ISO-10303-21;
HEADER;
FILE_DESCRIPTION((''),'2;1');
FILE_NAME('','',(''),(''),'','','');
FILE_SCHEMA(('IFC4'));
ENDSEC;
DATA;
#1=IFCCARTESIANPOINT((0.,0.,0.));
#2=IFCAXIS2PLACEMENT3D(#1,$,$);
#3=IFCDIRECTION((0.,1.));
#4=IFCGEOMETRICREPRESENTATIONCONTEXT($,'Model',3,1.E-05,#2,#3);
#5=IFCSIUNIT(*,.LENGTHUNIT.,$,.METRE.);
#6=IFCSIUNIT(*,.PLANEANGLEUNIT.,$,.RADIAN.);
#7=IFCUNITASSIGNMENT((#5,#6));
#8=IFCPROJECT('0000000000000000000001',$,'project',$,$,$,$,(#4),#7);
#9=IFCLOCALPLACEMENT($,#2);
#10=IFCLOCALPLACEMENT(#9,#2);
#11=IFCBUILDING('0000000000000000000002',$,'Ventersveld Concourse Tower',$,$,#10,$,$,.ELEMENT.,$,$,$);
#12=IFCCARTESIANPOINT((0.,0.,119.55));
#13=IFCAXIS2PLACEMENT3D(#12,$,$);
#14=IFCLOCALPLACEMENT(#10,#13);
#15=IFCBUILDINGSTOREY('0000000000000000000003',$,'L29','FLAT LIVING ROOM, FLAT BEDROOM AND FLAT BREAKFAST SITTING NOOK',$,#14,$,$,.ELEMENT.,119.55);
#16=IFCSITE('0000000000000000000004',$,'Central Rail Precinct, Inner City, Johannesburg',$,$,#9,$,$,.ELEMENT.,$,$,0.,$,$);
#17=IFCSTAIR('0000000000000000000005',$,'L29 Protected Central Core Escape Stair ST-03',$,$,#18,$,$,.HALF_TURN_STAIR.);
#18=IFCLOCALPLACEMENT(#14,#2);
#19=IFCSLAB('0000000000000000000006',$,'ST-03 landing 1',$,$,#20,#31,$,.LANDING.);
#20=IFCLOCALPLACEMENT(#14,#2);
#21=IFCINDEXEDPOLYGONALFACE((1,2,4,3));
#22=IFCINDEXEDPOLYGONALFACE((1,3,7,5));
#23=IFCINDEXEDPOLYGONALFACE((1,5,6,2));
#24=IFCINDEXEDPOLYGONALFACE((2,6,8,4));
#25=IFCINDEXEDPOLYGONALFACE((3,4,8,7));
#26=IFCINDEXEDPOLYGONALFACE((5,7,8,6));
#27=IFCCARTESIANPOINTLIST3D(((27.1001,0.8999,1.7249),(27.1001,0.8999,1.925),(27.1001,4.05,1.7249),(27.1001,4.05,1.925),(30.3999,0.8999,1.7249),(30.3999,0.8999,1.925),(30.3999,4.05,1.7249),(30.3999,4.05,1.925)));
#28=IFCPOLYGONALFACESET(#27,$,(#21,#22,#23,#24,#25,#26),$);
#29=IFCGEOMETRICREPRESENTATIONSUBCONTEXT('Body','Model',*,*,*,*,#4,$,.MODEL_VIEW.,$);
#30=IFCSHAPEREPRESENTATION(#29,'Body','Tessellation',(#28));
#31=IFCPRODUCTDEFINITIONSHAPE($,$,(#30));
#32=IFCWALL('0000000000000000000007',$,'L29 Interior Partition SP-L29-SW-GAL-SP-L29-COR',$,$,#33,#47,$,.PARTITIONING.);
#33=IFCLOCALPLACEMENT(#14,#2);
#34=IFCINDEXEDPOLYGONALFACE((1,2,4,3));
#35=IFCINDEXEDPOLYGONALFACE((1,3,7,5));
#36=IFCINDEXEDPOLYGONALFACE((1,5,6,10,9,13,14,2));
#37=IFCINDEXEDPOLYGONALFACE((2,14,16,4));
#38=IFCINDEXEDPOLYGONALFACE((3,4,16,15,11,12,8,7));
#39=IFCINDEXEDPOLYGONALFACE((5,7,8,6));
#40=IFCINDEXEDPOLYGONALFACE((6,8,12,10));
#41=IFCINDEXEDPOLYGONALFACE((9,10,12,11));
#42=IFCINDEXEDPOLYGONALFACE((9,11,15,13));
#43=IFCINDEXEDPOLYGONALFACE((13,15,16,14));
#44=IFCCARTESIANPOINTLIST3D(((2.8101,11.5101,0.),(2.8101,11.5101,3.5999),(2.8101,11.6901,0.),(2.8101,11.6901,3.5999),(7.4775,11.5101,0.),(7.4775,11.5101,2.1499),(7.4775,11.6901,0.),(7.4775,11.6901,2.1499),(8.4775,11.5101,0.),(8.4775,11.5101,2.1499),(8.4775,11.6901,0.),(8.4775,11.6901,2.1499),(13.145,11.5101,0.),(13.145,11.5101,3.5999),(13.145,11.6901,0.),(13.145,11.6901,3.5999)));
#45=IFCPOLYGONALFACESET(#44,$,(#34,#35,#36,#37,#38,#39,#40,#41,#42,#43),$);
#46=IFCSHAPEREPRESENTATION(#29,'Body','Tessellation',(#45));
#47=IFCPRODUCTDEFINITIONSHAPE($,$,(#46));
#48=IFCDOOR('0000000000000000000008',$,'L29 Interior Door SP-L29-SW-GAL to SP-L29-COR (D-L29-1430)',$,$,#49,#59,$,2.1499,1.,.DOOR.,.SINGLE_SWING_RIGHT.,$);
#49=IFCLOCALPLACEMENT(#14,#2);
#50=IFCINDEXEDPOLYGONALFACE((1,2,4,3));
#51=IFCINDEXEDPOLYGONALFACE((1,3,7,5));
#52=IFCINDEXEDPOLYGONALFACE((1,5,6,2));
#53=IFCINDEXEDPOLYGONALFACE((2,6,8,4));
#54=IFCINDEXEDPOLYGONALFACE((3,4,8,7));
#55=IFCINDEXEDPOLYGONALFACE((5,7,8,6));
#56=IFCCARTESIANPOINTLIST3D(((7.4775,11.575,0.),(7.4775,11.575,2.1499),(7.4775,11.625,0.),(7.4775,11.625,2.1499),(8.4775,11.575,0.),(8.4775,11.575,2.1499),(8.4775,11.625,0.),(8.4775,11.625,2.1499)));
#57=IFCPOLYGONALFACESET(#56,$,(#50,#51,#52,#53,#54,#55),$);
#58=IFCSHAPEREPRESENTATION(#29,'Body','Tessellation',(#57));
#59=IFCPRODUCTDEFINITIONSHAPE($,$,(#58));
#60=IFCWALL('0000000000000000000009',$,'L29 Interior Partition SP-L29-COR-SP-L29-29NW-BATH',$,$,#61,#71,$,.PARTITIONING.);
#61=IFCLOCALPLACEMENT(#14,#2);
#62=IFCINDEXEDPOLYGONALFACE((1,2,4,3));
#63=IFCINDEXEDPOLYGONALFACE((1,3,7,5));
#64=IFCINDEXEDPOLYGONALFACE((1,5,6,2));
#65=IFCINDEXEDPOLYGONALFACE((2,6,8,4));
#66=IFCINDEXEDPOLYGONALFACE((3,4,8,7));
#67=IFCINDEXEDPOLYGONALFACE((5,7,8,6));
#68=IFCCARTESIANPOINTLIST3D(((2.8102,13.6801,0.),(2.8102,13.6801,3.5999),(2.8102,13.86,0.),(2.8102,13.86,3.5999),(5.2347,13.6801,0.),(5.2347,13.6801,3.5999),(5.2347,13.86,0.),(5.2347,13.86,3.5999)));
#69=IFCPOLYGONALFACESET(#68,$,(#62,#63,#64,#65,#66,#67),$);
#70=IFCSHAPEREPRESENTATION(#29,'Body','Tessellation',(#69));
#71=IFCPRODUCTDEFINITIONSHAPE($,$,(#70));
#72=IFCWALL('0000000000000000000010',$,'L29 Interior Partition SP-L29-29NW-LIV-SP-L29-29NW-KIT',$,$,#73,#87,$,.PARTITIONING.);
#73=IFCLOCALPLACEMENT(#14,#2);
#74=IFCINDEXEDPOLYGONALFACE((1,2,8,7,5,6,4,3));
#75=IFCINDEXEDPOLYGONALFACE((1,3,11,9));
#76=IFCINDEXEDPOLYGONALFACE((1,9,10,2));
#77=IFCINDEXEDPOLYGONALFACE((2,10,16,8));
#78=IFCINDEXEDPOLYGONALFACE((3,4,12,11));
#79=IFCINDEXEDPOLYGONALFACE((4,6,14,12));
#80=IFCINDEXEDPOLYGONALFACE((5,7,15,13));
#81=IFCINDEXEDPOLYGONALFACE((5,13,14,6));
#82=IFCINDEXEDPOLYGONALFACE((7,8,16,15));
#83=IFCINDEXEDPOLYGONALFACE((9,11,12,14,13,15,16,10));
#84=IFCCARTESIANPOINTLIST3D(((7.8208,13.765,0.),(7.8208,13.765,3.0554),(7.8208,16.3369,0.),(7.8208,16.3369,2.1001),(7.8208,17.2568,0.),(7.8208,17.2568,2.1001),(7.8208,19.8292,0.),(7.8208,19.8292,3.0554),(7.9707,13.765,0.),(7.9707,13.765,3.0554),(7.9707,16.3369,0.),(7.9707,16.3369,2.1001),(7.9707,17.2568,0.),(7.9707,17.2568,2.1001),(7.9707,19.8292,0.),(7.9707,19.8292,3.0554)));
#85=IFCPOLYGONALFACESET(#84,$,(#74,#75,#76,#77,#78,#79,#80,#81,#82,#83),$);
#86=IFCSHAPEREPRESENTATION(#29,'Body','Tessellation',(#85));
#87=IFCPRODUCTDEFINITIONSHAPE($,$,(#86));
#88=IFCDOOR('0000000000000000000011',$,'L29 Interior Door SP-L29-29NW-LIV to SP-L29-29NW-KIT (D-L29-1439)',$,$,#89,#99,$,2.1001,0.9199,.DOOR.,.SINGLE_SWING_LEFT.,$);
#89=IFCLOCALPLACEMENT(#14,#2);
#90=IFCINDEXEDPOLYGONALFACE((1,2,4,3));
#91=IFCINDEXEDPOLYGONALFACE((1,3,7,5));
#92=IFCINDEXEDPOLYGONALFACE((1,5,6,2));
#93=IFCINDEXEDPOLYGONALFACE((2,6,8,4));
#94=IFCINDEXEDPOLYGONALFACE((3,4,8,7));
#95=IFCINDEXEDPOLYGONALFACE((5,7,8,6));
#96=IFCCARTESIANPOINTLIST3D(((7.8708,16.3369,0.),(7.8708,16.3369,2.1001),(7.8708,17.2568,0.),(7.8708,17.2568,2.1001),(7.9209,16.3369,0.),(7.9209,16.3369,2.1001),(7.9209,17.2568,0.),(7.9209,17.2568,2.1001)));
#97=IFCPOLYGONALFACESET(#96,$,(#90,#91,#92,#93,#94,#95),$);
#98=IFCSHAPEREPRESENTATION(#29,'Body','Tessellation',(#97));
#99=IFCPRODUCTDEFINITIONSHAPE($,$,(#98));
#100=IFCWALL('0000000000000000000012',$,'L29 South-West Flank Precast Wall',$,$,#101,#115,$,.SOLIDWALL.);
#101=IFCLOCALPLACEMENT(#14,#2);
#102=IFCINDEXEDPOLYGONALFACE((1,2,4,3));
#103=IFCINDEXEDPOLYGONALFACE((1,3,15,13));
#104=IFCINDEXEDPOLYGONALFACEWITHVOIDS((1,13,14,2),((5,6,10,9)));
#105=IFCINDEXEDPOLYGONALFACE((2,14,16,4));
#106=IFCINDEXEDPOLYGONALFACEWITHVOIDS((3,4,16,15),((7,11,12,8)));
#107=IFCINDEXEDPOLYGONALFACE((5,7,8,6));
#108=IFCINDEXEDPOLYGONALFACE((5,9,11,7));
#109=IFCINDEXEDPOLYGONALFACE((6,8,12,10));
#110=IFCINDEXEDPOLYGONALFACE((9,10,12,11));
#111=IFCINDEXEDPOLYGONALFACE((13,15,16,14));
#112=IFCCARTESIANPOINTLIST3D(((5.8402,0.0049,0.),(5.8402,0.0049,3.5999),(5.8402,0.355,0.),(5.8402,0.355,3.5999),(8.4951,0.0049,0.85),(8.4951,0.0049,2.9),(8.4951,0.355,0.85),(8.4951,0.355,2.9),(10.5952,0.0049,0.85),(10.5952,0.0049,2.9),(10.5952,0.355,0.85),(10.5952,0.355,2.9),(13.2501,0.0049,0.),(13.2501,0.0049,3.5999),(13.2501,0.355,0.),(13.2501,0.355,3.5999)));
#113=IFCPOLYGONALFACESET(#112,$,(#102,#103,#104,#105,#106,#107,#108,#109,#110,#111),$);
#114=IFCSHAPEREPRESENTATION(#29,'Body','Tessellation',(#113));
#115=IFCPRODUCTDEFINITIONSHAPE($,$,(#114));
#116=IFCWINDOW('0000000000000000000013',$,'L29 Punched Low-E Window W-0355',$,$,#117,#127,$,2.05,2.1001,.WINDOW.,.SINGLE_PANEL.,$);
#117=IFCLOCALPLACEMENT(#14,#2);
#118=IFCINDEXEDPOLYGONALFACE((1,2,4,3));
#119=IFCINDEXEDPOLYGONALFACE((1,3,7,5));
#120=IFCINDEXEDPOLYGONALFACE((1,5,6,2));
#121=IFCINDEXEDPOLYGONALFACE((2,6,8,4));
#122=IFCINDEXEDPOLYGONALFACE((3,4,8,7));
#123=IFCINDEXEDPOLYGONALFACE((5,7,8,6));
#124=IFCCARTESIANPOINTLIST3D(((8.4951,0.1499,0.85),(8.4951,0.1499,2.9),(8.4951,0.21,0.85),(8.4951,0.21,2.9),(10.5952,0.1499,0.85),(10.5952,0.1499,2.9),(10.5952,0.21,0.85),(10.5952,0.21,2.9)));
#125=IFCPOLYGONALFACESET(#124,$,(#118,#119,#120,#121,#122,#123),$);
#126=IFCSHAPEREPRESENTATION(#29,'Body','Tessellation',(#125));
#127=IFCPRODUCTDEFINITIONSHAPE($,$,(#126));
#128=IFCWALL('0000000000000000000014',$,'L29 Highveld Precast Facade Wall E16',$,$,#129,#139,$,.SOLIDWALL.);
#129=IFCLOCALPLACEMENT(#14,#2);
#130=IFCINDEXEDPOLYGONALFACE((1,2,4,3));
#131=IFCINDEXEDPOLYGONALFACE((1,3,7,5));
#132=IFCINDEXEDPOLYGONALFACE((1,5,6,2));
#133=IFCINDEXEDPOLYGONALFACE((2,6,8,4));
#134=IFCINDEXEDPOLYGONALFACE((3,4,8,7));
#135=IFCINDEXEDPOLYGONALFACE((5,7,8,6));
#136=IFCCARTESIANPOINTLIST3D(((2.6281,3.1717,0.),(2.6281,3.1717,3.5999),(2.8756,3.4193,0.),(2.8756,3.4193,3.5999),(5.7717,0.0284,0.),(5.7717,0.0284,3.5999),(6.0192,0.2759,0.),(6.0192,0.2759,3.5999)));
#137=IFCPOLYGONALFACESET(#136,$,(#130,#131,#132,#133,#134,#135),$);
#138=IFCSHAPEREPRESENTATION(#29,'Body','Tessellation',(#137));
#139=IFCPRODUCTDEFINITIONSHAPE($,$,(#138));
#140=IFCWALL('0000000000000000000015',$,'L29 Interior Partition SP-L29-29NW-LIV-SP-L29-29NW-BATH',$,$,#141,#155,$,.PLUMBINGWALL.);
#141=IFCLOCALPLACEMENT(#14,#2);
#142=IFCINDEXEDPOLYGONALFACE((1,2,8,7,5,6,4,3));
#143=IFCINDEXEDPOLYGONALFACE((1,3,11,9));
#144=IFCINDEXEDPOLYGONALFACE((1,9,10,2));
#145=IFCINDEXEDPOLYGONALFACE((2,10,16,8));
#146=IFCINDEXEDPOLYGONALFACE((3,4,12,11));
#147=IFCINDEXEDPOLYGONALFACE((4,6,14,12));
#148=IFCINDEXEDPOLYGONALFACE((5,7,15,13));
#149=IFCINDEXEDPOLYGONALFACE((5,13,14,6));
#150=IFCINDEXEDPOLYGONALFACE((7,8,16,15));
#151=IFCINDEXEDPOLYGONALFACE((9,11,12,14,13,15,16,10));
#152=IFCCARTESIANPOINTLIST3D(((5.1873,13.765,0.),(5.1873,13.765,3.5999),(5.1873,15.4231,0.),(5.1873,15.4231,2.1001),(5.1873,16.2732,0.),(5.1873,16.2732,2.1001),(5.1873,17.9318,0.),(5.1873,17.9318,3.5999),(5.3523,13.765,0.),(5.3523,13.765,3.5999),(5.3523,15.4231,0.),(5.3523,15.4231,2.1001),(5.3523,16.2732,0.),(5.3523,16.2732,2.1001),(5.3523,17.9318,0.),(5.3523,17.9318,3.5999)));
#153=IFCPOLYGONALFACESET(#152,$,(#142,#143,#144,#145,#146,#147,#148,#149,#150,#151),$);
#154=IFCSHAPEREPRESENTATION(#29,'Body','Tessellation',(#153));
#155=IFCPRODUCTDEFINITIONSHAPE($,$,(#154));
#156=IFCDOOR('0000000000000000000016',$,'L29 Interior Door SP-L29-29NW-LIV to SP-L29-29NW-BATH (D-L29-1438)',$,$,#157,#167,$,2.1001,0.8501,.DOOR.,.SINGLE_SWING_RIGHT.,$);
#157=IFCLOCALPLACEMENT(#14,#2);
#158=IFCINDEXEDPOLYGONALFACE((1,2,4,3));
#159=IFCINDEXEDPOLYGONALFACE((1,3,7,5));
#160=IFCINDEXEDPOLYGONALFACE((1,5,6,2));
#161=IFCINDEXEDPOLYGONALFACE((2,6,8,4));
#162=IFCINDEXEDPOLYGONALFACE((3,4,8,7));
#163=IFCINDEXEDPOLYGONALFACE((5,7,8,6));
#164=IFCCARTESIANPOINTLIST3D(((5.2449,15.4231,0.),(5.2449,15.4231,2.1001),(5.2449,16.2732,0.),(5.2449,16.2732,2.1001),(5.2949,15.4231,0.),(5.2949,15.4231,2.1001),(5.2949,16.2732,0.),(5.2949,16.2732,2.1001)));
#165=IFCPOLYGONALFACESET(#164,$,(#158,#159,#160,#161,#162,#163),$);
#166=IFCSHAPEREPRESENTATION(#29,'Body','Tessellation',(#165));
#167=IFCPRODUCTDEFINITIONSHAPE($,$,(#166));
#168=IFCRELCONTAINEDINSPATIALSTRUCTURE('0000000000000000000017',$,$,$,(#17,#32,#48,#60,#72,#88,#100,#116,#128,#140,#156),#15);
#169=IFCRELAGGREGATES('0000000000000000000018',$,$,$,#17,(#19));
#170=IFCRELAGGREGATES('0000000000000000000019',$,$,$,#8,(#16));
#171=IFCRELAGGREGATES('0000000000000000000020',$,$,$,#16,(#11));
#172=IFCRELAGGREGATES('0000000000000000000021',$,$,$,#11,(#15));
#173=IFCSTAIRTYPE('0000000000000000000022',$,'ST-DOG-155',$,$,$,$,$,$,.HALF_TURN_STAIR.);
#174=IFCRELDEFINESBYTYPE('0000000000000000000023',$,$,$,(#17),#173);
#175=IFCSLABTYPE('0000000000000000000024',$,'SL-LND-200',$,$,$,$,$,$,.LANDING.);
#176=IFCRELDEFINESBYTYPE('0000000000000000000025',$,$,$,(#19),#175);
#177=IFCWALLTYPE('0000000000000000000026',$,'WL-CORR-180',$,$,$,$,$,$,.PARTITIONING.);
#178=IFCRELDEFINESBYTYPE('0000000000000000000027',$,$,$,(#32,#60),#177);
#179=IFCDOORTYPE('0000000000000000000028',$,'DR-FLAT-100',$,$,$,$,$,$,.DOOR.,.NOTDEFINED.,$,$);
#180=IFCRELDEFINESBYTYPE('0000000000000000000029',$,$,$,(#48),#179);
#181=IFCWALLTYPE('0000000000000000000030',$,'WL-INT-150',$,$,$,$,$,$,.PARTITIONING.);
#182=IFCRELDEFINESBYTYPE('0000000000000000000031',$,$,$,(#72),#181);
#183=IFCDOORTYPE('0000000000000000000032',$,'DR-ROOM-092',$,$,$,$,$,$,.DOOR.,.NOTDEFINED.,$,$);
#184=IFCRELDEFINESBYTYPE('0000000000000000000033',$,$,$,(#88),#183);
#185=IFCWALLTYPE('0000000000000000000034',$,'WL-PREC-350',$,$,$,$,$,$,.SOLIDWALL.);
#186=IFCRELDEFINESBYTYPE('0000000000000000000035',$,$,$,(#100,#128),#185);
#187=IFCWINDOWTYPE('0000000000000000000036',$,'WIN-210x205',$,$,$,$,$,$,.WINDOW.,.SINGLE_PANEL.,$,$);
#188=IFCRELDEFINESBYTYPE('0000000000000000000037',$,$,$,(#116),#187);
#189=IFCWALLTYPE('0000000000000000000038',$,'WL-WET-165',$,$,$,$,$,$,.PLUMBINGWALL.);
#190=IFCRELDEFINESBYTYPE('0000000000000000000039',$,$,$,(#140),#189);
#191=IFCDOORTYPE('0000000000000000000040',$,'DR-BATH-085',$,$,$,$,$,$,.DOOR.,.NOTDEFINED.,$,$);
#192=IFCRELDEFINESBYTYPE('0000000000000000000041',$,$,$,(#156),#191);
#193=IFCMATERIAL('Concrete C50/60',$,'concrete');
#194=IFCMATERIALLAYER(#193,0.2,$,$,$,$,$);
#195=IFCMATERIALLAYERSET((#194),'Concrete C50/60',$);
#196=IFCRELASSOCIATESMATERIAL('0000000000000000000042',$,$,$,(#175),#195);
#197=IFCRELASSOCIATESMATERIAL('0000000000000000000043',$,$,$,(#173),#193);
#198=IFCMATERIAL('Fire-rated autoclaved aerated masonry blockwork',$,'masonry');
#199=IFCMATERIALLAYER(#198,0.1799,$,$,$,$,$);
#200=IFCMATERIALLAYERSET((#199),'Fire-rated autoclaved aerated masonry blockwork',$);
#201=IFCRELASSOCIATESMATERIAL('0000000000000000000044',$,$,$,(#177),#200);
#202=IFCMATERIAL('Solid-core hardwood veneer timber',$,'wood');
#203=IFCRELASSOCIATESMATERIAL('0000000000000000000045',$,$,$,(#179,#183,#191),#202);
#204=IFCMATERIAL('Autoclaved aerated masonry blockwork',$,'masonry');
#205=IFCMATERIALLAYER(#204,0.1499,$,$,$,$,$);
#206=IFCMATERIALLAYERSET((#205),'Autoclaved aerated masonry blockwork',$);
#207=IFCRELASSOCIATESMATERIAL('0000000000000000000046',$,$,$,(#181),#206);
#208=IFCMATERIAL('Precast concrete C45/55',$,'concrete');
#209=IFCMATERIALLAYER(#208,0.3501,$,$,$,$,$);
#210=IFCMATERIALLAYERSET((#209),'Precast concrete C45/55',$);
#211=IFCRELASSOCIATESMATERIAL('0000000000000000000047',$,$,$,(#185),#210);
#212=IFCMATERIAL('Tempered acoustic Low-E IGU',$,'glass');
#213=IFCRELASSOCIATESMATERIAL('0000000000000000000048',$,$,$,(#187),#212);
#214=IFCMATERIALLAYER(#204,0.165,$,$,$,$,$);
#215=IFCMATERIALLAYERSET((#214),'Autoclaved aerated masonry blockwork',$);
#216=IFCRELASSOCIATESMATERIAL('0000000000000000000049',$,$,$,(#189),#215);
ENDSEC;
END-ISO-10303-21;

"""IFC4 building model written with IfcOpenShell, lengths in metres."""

from ifc_helpers import new_model, si_unit, direction, frame, frame_2d, origin, place, context, subcontext, project, spatial, polyline, rectangle, outline, extrude, material, layer, layer_set, type_object, element, fill, aggregate, save


model = new_model("IFC4")

# Units and contexts
model_context = context("Model", 3, precision=1e-05, world=origin(), true_north=direction((0.0, 1.0)))
body_context = subcontext(model_context, "Body", "Model", "MODEL_VIEW")
ifc_project = project(units=[si_unit("LENGTHUNIT", "METRE"), si_unit("PLANEANGLEUNIT", "RADIAN")], contexts=[model_context])

# Site, building, storey
site_placement = place(None, origin())
site = spatial("IfcSite", under=ifc_project, at=site_placement, Name="Central Rail Precinct, Inner City, Johannesburg", CompositionType="ELEMENT", RefElevation=0.0)
building_placement = place(site_placement, origin())
building = spatial("IfcBuilding", under=site, at=building_placement, Name="Ventersveld Concourse Tower", CompositionType="ELEMENT")
storey_placement = place(building_placement, frame((0.0, 0.0, 119.55)))
storey = spatial("IfcBuildingStorey", under=building, at=storey_placement, Name="L29", Description="FLAT LIVING ROOM, FLAT BEDROOM AND FLAT BREAKFAST SITTING NOOK", CompositionType="ELEMENT", Elevation=119.55)

# Shared definitions
ifc_material_1 = material(Name="Concrete C50/60", Category="concrete")

# Stair, slab
ifc_layer_1 = layer(ifc_material_1, 0.2)
ifc_layer_set_1 = layer_set([ifc_layer_1], Name="Concrete C50/60")
slab_type_1 = type_object("IfcSlabType", Name="SL-LND-200", PredefinedType="LANDING", material=ifc_layer_set_1)
stair_type_1 = type_object("IfcStairType", Name="ST-DOG-155", PredefinedType="HALF_TURN_STAIR", material=ifc_material_1)
stair_1_placement = place(storey_placement, origin())
stair_1 = element("IfcStair", 1, at=stair_1_placement, inside=storey, type_object=stair_type_1, Name="L29 Protected Central Core Escape Stair ST-03", PredefinedType="HALF_TURN_STAIR")
slab_1_placement = place(storey_placement, frame((0.0, 0.0, 1.7249)))
slab_1 = element("IfcSlab", 2, at=slab_1_placement, type_object=slab_type_1, Name="ST-03 landing 1", PredefinedType="LANDING", context=body_context, shape_type="SweptSolid", body=[
    extrude(outline(polyline([(27.1001, 4.05), (27.1001, 0.8999), (30.3999, 0.8999), (30.3999, 4.05), (27.1001, 4.05)])), origin(), (0.0, 0.0, 1.0), 0.2002),
])
aggregate(stair_1, [slab_1])

# Wall, opening, door
ifc_material_2 = material(Name="Fire-rated autoclaved aerated masonry blockwork", Category="masonry")
ifc_layer_2 = layer(ifc_material_2, 0.1799)
ifc_layer_set_2 = layer_set([ifc_layer_2], Name="Fire-rated autoclaved aerated masonry blockwork")
wall_type_1 = type_object("IfcWallType", Name="WL-CORR-180", PredefinedType="PARTITIONING", material=ifc_layer_set_2)
wall_1_placement = place(storey_placement, frame((2.8101, 11.6001, 0.0), z_axis=(0.0, 0.0, 1.0), x_axis=(1.0, 0.0, 0.0)))
wall_1 = element("IfcWall", 3, at=wall_1_placement, inside=storey, type_object=wall_type_1, Name="L29 Interior Partition SP-L29-SW-GAL-SP-L29-COR", PredefinedType="PARTITIONING", context=body_context, shape_type="SweptSolid", body=[
    extrude(rectangle(XDim=10.335, YDim=0.1799, at=frame_2d((5.1675, 0.0))), origin(), (0.0, 0.0, 1.0), 3.5999),
])
opening_1_placement = place(wall_1_placement, frame((4.6675, 0.0, 0.0)))
opening_1 = element("IfcOpeningElement", 4, at=opening_1_placement, cuts=wall_1, PredefinedType="OPENING", context=body_context, shape_type="SweptSolid", body=[
    extrude(rectangle(XDim=1.0, YDim=2.1499, at=frame_2d((0.5, 1.075))), frame((0.0, 0.1001, 0.0), z_axis=(0.0, -1.0, 0.0), x_axis=(1.0, 0.0, 0.0)), (0.0, 0.0, 1.0), 0.2),
])
ifc_material_3 = material(Name="Solid-core hardwood veneer timber", Category="wood")
door_type_1 = type_object("IfcDoorType", Name="DR-FLAT-100", OperationType="NOTDEFINED", PredefinedType="DOOR", material=ifc_material_3)
door_1_placement = place(opening_1_placement, origin())
door_1 = element("IfcDoor", 5, at=door_1_placement, inside=storey, type_object=door_type_1, Name="L29 Interior Door SP-L29-SW-GAL to SP-L29-COR (D-L29-1430)", OperationType="SINGLE_SWING_RIGHT", OverallHeight=2.1499, OverallWidth=1.0, PredefinedType="DOOR", context=body_context, shape_type="SweptSolid", body=[
    extrude(rectangle(XDim=1.0, YDim=2.1499, at=frame_2d((0.5, 1.075))), frame((0.0, 0.0249, 0.0), z_axis=(0.0, -1.0, 0.0), x_axis=(1.0, 0.0, 0.0)), (0.0, 0.0, 1.0), 0.05),
])
fill(opening_1, door_1)

# Wall
wall_2_placement = place(storey_placement, frame((2.8101, 13.77, 0.0), z_axis=(0.0, 0.0, 1.0), x_axis=(1.0, 0.0, 0.0)))
element("IfcWall", 6, at=wall_2_placement, inside=storey, type_object=wall_type_1, Name="L29 Interior Partition SP-L29-COR-SP-L29-29NW-BATH", PredefinedType="PARTITIONING", context=body_context, shape_type="SweptSolid", body=[
    extrude(rectangle(XDim=2.4246, YDim=0.1799, at=frame_2d((1.2124, 0.0))), origin(), (0.0, 0.0, 1.0), 3.5999),
])

# Wall, opening, door
ifc_material_4 = material(Name="Autoclaved aerated masonry blockwork", Category="masonry")
ifc_layer_3 = layer(ifc_material_4, 0.1499)
ifc_layer_set_3 = layer_set([ifc_layer_3], Name="Autoclaved aerated masonry blockwork")
wall_type_2 = type_object("IfcWallType", Name="WL-INT-150", PredefinedType="PARTITIONING", material=ifc_layer_set_3)
wall_3_placement = place(storey_placement, frame((7.8958, 13.7649, 0.0), z_axis=(0.0, 0.0, 1.0), x_axis=(0.0, 1.0, 0.0)))
wall_3 = element("IfcWall", 7, at=wall_3_placement, inside=storey, type_object=wall_type_2, Name="L29 Interior Partition SP-L29-29NW-LIV-SP-L29-29NW-KIT", PredefinedType="PARTITIONING", context=body_context, shape_type="SweptSolid", body=[
    extrude(rectangle(XDim=6.0642, YDim=0.1499, at=frame_2d((3.0322, 0.0))), origin(), (0.0, 0.0, 1.0), 3.0554),
])
opening_2_placement = place(wall_3_placement, frame((2.572, 0.0, 0.0)))
opening_2 = element("IfcOpeningElement", 8, at=opening_2_placement, cuts=wall_3, PredefinedType="OPENING", context=body_context, shape_type="SweptSolid", body=[
    extrude(rectangle(XDim=0.9199, YDim=2.1001, at=frame_2d((0.46, 1.05))), frame((0.0, 0.085, 0.0), z_axis=(0.0, -1.0, 0.0), x_axis=(1.0, 0.0, 0.0)), (0.0, 0.0, 1.0), 0.1699),
])
door_type_2 = type_object("IfcDoorType", Name="DR-ROOM-092", OperationType="NOTDEFINED", PredefinedType="DOOR", material=ifc_material_3)
door_2_placement = place(opening_2_placement, origin())
door_2 = element("IfcDoor", 9, at=door_2_placement, inside=storey, type_object=door_type_2, Name="L29 Interior Door SP-L29-29NW-LIV to SP-L29-29NW-KIT (D-L29-1439)", OperationType="SINGLE_SWING_LEFT", OverallHeight=2.1001, OverallWidth=0.9199, PredefinedType="DOOR", context=body_context, shape_type="SweptSolid", body=[
    extrude(rectangle(XDim=0.9199, YDim=2.1001, at=frame_2d((0.46, 1.05))), frame((0.0, 0.0249, 0.0), z_axis=(0.0, -1.0, 0.0), x_axis=(1.0, 0.0, 0.0)), (0.0, 0.0, 1.0), 0.05),
])
fill(opening_2, door_2)

# Wall, opening, window
ifc_material_5 = material(Name="Precast concrete C45/55", Category="concrete")
ifc_layer_4 = layer(ifc_material_5, 0.3501)
ifc_layer_set_4 = layer_set([ifc_layer_4], Name="Precast concrete C45/55")
wall_type_3 = type_object("IfcWallType", Name="WL-PREC-350", PredefinedType="SOLIDWALL", material=ifc_layer_set_4)
wall_4_placement = place(storey_placement, frame((5.8401, 0.1799, 0.0), z_axis=(0.0, 0.0, 1.0), x_axis=(1.0, 0.0, 0.0)))
wall_4 = element("IfcWall", 10, at=wall_4_placement, inside=storey, type_object=wall_type_3, Name="L29 South-West Flank Precast Wall", PredefinedType="SOLIDWALL", context=body_context, shape_type="SweptSolid", body=[
    extrude(rectangle(XDim=7.4099, YDim=0.3501, at=frame_2d((3.7051, 0.0))), origin(), (0.0, 0.0, 1.0), 3.5999),
])
opening_3_placement = place(wall_4_placement, frame((2.655, 0.0, 0.8501)))
opening_3 = element("IfcOpeningElement", 11, at=opening_3_placement, cuts=wall_4, PredefinedType="OPENING", context=body_context, shape_type="SweptSolid", body=[
    extrude(rectangle(XDim=2.1001, YDim=2.05, at=frame_2d((1.05, 1.0249))), frame((0.0, 0.1851, 0.0), z_axis=(0.0, -1.0, 0.0), x_axis=(1.0, 0.0, 0.0)), (0.0, 0.0, 1.0), 0.3701),
])
ifc_material_6 = material(Name="Tempered acoustic Low-E IGU", Category="glass")
window_type = type_object("IfcWindowType", Name="WIN-210x205", PartitioningType="SINGLE_PANEL", PredefinedType="WINDOW", material=ifc_material_6)
window_placement = place(opening_3_placement, origin())
window = element("IfcWindow", 12, at=window_placement, inside=storey, type_object=window_type, Name="L29 Punched Low-E Window W-0355", OverallHeight=2.05, OverallWidth=2.1001, PartitioningType="SINGLE_PANEL", PredefinedType="WINDOW", context=body_context, shape_type="SweptSolid", body=[
    extrude(rectangle(XDim=2.1001, YDim=2.05, at=frame_2d((1.05, 1.0249))), frame((0.0, 0.03, 0.0), z_axis=(0.0, -1.0, 0.0), x_axis=(1.0, 0.0, 0.0)), (0.0, 0.0, 1.0), 0.0601),
])
fill(opening_3, window)

# Wall
wall_5_placement = place(storey_placement, frame((2.752, 3.2954, 0.0), z_axis=(0.0, 0.0, 1.0), x_axis=(0.707134, -0.707079, 0.0)))
element("IfcWall", 13, at=wall_5_placement, inside=storey, type_object=wall_type_3, Name="L29 Highveld Precast Facade Wall E16", PredefinedType="SOLIDWALL", context=body_context, shape_type="SweptSolid", body=[
    extrude(rectangle(XDim=4.4456, YDim=0.3501, at=frame_2d((2.2227, 0.0))), origin(), (0.0, 0.0, 1.0), 3.5999),
])

# Wall, opening, door
ifc_layer_5 = layer(ifc_material_4, 0.165)
ifc_layer_set_5 = layer_set([ifc_layer_5], Name="Autoclaved aerated masonry blockwork")
wall_type_4 = type_object("IfcWallType", Name="WL-WET-165", PredefinedType="PLUMBINGWALL", material=ifc_layer_set_5)
wall_6_placement = place(storey_placement, frame((5.2698, 13.7649, 0.0), z_axis=(0.0, 0.0, 1.0), x_axis=(0.0, 1.0, 0.0)))
wall_6 = element("IfcWall", 14, at=wall_6_placement, inside=storey, type_object=wall_type_4, Name="L29 Interior Partition SP-L29-29NW-LIV-SP-L29-29NW-BATH", PredefinedType="PLUMBINGWALL", context=body_context, shape_type="SweptSolid", body=[
    extrude(rectangle(XDim=4.1667, YDim=0.165, at=frame_2d((2.0835, 0.0))), origin(), (0.0, 0.0, 1.0), 3.5999),
])
opening_4_placement = place(wall_6_placement, frame((1.6582, 0.0, 0.0)))
opening_4 = element("IfcOpeningElement", 15, at=opening_4_placement, cuts=wall_6, PredefinedType="OPENING", context=body_context, shape_type="SweptSolid", body=[
    extrude(rectangle(XDim=0.8501, YDim=2.1001, at=frame_2d((0.425, 1.05))), frame((0.0, 0.0925, 0.0), z_axis=(0.0, -1.0, 0.0), x_axis=(1.0, 0.0, 0.0)), (0.0, 0.0, 1.0), 0.1851),
])
door_type_3 = type_object("IfcDoorType", Name="DR-BATH-085", OperationType="NOTDEFINED", PredefinedType="DOOR", material=ifc_material_3)
door_3_placement = place(opening_4_placement, origin())
door_3 = element("IfcDoor", 16, at=door_3_placement, inside=storey, type_object=door_type_3, Name="L29 Interior Door SP-L29-29NW-LIV to SP-L29-29NW-BATH (D-L29-1438)", OperationType="SINGLE_SWING_RIGHT", OverallHeight=2.1001, OverallWidth=0.8501, PredefinedType="DOOR", context=body_context, shape_type="SweptSolid", body=[
    extrude(rectangle(XDim=0.8501, YDim=2.1001, at=frame_2d((0.425, 1.05))), frame((0.0, 0.0249, 0.0), z_axis=(0.0, -1.0, 0.0), x_axis=(1.0, 0.0, 0.0)), (0.0, 0.0, 1.0), 0.05),
])
fill(opening_4, door_3)

save(model, "model.ifc")
